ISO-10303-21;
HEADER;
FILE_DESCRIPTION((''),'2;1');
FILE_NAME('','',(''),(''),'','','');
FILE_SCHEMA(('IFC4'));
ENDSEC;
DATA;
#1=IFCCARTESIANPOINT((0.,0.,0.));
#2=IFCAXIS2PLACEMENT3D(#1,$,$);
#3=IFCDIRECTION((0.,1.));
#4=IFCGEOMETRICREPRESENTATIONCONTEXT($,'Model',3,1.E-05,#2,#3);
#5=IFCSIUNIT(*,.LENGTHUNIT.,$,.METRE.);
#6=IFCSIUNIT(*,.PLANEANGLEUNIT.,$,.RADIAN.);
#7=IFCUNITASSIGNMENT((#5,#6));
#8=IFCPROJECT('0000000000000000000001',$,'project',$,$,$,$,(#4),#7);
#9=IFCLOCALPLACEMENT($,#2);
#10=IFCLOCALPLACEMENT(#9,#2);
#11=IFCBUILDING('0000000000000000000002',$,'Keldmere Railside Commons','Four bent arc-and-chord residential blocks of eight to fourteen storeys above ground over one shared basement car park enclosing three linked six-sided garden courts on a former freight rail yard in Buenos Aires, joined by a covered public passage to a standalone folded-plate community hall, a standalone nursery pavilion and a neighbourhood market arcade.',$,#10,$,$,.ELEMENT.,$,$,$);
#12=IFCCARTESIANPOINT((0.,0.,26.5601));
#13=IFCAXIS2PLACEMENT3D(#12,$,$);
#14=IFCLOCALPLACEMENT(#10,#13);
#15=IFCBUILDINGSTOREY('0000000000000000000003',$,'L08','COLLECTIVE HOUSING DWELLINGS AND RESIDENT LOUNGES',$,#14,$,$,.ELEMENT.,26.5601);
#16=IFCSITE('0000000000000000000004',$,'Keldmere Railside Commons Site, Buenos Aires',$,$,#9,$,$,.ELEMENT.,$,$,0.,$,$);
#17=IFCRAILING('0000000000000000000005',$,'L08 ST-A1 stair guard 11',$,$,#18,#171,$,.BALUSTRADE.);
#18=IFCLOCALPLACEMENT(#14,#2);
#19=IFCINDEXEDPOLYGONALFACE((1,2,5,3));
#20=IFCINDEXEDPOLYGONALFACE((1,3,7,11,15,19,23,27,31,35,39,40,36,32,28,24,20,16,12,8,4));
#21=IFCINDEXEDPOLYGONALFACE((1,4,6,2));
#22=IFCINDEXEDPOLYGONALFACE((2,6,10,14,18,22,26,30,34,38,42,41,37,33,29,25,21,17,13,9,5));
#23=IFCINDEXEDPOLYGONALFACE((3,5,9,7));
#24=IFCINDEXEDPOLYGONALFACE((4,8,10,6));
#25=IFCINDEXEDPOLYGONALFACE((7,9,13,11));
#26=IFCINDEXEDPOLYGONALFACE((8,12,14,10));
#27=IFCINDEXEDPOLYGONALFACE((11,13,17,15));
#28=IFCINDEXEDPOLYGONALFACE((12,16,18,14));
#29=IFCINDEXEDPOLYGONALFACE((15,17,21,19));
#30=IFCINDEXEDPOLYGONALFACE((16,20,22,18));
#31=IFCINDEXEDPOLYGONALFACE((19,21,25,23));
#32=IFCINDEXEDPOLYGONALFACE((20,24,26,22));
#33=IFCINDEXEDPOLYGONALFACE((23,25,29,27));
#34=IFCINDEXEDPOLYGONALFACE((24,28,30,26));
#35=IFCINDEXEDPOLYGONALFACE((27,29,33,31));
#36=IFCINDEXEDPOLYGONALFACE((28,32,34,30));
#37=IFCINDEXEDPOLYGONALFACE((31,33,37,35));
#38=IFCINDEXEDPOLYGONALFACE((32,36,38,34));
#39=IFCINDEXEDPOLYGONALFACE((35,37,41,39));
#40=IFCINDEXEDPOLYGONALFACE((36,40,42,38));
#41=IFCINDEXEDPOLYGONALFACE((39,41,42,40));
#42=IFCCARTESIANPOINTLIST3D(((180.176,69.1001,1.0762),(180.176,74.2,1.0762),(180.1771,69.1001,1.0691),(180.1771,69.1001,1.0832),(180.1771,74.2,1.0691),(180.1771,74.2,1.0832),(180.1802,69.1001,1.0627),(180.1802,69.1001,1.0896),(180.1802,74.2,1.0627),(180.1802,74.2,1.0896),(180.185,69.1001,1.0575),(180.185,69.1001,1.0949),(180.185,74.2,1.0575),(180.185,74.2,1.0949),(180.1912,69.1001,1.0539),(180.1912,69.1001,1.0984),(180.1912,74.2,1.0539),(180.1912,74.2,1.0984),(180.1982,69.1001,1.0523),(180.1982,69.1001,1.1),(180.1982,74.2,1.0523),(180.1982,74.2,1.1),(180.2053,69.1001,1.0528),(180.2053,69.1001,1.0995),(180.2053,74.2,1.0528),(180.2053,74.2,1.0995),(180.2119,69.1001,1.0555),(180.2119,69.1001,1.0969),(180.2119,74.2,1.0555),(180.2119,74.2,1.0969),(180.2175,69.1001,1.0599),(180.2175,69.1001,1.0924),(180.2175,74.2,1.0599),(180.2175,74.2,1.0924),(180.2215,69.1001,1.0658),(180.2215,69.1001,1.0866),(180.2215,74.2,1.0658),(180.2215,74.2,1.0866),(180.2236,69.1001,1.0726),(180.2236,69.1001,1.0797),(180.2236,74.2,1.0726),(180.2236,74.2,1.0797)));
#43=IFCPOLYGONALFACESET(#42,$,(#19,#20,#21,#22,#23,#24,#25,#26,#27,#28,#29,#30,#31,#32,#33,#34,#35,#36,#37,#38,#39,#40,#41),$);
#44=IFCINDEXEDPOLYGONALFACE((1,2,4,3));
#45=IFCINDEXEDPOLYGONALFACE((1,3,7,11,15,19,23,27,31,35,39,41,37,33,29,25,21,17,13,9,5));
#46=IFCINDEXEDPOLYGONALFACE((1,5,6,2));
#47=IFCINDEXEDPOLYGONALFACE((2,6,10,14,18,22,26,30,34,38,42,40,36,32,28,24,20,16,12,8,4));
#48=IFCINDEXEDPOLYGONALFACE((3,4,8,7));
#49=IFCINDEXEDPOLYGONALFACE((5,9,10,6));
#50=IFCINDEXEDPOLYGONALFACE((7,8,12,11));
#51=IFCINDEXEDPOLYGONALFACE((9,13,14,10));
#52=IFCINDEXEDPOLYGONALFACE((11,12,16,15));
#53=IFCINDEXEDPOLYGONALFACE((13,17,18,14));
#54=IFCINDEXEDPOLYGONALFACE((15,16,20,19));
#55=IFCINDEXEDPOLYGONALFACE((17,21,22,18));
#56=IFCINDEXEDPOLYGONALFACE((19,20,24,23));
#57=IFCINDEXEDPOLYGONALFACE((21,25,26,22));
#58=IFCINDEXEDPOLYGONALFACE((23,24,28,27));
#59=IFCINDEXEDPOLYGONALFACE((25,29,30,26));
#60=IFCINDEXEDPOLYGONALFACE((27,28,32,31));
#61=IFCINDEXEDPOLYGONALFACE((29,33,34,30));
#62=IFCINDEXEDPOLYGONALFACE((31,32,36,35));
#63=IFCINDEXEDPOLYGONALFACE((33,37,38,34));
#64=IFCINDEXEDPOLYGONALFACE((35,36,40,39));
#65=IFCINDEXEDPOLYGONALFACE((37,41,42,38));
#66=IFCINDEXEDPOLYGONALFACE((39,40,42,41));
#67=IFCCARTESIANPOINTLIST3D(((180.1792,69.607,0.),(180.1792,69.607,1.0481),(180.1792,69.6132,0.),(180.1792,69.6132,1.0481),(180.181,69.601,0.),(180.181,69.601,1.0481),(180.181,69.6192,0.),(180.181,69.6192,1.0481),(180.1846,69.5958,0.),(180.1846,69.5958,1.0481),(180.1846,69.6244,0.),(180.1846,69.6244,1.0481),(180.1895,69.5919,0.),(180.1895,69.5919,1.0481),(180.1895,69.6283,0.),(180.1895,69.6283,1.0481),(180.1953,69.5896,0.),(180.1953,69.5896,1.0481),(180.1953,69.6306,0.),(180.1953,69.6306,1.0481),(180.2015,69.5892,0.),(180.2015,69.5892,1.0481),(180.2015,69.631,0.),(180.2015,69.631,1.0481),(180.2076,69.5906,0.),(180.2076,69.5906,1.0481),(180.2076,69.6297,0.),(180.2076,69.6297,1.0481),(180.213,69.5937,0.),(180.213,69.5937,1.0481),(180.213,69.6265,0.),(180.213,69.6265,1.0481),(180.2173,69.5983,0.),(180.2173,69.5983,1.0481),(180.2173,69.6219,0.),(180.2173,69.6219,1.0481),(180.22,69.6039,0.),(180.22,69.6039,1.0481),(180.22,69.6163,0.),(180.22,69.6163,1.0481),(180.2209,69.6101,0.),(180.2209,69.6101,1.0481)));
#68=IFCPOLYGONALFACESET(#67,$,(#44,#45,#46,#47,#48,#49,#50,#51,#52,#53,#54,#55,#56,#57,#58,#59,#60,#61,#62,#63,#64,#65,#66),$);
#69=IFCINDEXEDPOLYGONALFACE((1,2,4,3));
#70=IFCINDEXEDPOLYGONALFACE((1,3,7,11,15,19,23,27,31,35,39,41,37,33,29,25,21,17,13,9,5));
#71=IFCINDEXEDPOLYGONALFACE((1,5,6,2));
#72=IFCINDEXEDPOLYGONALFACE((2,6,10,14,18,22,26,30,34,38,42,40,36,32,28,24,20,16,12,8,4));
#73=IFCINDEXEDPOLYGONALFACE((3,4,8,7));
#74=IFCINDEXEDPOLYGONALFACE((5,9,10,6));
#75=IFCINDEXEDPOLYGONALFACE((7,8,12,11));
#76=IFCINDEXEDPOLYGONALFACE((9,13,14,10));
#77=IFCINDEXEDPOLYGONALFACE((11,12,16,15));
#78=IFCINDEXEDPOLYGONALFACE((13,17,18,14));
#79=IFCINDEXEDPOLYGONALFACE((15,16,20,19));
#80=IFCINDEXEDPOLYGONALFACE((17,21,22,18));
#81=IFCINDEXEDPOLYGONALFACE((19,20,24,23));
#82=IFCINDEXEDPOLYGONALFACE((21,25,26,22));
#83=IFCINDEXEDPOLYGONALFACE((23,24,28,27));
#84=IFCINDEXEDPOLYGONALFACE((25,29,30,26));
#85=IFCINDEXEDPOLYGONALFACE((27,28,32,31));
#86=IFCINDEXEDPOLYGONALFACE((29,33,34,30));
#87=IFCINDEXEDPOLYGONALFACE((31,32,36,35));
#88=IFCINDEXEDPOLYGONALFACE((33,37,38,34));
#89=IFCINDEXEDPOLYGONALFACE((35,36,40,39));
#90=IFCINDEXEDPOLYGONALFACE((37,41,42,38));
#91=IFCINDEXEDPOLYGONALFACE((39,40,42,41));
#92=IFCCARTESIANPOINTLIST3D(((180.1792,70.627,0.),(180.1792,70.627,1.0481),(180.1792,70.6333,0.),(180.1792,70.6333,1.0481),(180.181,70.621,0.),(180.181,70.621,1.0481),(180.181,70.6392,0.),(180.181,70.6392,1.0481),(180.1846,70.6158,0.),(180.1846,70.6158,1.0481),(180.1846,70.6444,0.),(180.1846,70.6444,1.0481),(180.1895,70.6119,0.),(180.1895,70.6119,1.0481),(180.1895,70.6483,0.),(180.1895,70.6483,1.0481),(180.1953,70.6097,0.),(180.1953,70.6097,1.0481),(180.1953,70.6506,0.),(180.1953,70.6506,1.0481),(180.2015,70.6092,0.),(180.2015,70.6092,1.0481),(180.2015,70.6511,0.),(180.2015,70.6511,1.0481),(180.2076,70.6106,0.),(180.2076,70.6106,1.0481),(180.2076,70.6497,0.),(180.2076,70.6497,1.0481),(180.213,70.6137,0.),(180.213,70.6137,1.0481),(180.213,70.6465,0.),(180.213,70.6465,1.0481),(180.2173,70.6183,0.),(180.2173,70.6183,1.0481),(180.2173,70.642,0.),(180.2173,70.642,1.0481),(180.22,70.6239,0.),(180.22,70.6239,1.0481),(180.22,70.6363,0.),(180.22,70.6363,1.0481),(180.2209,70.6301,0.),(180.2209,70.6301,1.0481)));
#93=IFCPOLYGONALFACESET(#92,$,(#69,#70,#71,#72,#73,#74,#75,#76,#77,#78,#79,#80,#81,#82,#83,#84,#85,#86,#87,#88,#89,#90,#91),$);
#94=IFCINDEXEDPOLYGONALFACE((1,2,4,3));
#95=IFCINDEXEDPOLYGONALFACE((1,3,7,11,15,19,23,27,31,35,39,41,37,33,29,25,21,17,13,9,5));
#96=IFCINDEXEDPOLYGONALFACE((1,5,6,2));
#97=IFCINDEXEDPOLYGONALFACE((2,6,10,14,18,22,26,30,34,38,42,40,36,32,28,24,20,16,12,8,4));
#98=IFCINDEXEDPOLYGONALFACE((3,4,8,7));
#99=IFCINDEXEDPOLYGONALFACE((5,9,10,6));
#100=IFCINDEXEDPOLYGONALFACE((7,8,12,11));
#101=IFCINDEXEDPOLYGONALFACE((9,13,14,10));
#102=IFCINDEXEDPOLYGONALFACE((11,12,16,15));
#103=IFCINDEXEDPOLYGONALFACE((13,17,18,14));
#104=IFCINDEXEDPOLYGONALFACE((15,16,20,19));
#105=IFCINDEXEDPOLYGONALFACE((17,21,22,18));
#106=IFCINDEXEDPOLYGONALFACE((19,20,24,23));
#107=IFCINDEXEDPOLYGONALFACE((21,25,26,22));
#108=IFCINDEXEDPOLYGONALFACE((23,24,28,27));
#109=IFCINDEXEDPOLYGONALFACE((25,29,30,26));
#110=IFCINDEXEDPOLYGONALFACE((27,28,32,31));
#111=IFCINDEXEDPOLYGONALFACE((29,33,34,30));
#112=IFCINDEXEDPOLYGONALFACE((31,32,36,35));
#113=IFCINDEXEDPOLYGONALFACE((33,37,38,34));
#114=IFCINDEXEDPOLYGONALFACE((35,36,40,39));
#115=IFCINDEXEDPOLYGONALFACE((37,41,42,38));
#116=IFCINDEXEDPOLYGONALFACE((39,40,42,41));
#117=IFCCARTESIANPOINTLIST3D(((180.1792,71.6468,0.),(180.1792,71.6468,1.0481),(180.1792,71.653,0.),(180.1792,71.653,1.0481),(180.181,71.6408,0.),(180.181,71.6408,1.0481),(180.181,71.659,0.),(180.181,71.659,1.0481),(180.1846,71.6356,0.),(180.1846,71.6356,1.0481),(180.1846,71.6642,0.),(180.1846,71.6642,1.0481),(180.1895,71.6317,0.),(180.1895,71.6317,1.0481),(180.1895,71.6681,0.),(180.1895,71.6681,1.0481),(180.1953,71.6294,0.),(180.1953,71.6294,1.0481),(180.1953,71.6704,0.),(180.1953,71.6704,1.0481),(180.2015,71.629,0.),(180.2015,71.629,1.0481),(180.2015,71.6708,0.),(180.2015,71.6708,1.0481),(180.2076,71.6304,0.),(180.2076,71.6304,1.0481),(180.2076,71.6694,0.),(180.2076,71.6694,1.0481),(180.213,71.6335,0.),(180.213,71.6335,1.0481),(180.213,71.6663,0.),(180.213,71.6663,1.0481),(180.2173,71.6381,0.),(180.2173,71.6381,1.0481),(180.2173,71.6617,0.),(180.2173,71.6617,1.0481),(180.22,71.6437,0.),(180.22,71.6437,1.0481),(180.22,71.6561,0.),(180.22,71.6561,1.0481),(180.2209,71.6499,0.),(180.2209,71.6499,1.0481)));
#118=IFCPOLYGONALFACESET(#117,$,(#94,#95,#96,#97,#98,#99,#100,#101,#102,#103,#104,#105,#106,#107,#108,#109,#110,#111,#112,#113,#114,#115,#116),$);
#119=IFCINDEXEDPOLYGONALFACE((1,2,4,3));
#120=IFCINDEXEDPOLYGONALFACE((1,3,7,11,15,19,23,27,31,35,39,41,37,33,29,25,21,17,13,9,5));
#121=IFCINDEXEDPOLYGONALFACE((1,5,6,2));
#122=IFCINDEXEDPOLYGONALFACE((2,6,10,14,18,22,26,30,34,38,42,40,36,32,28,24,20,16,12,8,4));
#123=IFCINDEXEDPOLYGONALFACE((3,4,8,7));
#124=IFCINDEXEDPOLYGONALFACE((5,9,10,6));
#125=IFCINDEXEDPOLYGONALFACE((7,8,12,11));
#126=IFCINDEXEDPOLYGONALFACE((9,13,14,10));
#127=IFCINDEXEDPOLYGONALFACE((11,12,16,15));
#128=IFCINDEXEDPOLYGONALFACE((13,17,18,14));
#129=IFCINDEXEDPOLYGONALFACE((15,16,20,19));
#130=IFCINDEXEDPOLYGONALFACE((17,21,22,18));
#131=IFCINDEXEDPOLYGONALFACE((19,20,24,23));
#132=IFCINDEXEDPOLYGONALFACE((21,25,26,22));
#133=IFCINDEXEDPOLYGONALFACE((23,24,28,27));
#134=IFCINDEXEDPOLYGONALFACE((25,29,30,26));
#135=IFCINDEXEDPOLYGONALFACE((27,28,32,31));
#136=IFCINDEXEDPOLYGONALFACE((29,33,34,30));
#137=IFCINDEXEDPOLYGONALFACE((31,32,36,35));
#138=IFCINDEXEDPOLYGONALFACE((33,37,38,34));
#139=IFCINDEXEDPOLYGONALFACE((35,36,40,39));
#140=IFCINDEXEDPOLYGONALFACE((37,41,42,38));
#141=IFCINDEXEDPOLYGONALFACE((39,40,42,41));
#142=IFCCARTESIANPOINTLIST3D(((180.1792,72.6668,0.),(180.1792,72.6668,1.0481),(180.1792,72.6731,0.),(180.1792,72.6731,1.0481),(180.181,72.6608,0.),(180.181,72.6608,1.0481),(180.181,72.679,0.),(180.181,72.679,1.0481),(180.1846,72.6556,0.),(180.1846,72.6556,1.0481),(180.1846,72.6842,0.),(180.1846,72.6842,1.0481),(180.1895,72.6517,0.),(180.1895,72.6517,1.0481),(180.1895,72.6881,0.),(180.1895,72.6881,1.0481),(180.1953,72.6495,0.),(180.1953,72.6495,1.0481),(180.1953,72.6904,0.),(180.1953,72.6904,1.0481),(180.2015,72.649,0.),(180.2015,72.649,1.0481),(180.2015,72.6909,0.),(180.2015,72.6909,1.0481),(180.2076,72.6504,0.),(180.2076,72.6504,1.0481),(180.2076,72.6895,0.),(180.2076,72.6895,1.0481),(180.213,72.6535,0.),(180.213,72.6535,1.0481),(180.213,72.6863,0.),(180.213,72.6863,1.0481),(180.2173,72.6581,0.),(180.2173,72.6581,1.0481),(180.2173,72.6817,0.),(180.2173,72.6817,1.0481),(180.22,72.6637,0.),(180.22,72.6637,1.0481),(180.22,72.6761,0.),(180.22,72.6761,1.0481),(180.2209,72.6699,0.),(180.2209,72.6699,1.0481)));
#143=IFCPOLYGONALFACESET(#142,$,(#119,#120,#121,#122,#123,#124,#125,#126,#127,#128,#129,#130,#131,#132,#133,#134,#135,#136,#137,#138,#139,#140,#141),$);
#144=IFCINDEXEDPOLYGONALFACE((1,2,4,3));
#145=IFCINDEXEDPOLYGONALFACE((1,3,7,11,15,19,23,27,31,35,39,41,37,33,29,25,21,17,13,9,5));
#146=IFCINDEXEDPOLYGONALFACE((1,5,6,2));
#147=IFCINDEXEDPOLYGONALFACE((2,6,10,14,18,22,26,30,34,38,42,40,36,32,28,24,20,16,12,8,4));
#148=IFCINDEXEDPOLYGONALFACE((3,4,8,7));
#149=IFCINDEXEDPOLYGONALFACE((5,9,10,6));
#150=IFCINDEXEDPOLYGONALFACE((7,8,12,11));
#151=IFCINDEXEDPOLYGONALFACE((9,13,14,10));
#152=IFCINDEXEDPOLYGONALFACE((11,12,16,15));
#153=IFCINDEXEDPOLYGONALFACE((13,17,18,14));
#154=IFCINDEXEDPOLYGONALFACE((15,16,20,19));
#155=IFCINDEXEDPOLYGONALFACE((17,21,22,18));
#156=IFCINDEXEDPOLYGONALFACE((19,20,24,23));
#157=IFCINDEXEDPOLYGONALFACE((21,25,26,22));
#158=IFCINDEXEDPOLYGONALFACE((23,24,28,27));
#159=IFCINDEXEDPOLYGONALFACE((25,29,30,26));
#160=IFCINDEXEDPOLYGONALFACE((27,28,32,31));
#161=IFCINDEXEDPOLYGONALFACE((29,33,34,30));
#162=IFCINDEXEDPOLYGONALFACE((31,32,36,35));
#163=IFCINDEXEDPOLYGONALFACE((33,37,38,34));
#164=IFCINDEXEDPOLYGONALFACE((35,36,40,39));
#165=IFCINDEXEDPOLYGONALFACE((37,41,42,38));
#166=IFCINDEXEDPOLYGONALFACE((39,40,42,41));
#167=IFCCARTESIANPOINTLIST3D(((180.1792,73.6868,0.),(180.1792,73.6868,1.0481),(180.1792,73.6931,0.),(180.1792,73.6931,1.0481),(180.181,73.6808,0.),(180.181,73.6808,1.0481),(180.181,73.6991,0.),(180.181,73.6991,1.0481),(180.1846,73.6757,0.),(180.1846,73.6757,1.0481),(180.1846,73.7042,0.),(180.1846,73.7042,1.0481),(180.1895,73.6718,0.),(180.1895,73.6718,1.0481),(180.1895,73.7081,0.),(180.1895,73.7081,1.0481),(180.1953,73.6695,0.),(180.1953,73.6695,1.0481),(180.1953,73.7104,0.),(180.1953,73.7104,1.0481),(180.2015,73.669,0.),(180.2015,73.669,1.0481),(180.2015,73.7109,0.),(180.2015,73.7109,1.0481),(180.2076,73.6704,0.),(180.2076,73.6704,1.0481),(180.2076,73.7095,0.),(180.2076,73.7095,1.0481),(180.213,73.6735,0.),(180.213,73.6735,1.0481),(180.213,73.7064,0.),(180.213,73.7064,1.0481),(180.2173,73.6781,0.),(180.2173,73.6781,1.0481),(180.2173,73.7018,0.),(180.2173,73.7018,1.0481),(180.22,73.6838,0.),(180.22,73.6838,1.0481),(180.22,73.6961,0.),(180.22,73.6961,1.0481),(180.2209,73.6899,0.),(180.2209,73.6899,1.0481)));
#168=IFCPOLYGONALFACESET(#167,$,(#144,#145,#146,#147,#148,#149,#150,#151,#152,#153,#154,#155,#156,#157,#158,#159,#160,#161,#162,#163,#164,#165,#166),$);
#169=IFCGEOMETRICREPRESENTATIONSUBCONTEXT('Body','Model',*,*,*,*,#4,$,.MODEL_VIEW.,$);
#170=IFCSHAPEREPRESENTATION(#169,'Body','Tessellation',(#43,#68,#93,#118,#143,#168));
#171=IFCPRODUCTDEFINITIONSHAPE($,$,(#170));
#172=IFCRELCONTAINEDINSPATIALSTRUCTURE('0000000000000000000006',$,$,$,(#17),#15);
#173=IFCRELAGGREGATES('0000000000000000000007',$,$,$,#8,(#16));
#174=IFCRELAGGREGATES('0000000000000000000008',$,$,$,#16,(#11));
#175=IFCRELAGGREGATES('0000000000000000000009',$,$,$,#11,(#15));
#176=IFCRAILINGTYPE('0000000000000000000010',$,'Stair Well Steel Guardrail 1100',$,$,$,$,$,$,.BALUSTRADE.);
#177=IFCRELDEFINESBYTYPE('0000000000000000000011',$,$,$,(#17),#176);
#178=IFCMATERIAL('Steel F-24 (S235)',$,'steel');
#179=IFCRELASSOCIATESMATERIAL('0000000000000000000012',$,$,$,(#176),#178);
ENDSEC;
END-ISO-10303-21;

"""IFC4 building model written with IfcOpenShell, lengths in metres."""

from ifc_helpers import new_model, si_unit, direction, frame, origin, origin_2d, place, context, subcontext, project, spatial, circle, extrude, material, type_object, element, save


model = new_model("IFC4")

# Units and contexts
model_context = context("Model", 3, precision=1e-05, world=origin(), true_north=direction((0.0, 1.0)))
body_context = subcontext(model_context, "Body", "Model", "MODEL_VIEW")
ifc_project = project(units=[si_unit("LENGTHUNIT", "METRE"), si_unit("PLANEANGLEUNIT", "RADIAN")], contexts=[model_context])

# Site, building, storey
site_placement = place(None, origin())
site = spatial("IfcSite", under=ifc_project, at=site_placement, Name="Keldmere Railside Commons Site, Buenos Aires", CompositionType="ELEMENT", RefElevation=0.0)
building_placement = place(site_placement, origin())
building = spatial("IfcBuilding", under=site, at=building_placement, Name="Keldmere Railside Commons", Description="Four bent arc-and-chord residential blocks of eight to fourteen storeys above ground over one shared basement car park enclosing three linked six-sided garden courts on a former freight rail yard in Buenos Aires, joined by a covered public passage to a standalone folded-plate community hall, a standalone nursery pavilion and a neighbourhood market arcade.", CompositionType="ELEMENT")
storey_placement = place(building_placement, frame((0.0, 0.0, 26.5601)))
storey = spatial("IfcBuildingStorey", under=building, at=storey_placement, Name="L08", Description="COLLECTIVE HOUSING DWELLINGS AND RESIDENT LOUNGES", CompositionType="ELEMENT", Elevation=26.5601)

# Shared definitions
ifc_material_1 = material(Name="Steel F-24 (S235)", Category="steel")

# Railing
railing_type_1 = type_object("IfcRailingType", Name="Stair Well Steel Guardrail 1100", PredefinedType="BALUSTRADE", material=ifc_material_1)
for number, where, name in (
    (1, (180.2, 69.1001, 0.0), "L08 ST-A1 stair guard 11"),
):
    element("IfcRailing", number, at=place(storey_placement, frame(where)), inside=storey, type_object=railing_type_1, Name=name, PredefinedType="BALUSTRADE", context=body_context, shape_type="SweptSolid", body=[
        extrude(circle(Radius=0.0239, at=origin_2d()), frame((0.0, 0.0, 1.0762), z_axis=(0.0, 1.0, 0.0), x_axis=(-1.0, 0.0, 0.0)), (0.0, 0.0, 1.0), 5.0999),
        extrude(circle(Radius=0.021, at=origin_2d()), frame((0.0, 0.51, 0.0)), (0.0, 0.0, 1.0), 1.0481),
        extrude(circle(Radius=0.021, at=origin_2d()), frame((0.0, 1.53, 0.0)), (0.0, 0.0, 1.0), 1.0481),
        extrude(circle(Radius=0.021, at=origin_2d()), frame((0.0, 2.5498, 0.0)), (0.0, 0.0, 1.0), 1.0481),
        extrude(circle(Radius=0.021, at=origin_2d()), frame((0.0, 3.5698, 0.0)), (0.0, 0.0, 1.0), 1.0481),
        extrude(circle(Radius=0.021, at=origin_2d()), frame((0.0, 4.5898, 0.0)), (0.0, 0.0, 1.0), 1.0481),
    ])

save(model, "model.ifc")
